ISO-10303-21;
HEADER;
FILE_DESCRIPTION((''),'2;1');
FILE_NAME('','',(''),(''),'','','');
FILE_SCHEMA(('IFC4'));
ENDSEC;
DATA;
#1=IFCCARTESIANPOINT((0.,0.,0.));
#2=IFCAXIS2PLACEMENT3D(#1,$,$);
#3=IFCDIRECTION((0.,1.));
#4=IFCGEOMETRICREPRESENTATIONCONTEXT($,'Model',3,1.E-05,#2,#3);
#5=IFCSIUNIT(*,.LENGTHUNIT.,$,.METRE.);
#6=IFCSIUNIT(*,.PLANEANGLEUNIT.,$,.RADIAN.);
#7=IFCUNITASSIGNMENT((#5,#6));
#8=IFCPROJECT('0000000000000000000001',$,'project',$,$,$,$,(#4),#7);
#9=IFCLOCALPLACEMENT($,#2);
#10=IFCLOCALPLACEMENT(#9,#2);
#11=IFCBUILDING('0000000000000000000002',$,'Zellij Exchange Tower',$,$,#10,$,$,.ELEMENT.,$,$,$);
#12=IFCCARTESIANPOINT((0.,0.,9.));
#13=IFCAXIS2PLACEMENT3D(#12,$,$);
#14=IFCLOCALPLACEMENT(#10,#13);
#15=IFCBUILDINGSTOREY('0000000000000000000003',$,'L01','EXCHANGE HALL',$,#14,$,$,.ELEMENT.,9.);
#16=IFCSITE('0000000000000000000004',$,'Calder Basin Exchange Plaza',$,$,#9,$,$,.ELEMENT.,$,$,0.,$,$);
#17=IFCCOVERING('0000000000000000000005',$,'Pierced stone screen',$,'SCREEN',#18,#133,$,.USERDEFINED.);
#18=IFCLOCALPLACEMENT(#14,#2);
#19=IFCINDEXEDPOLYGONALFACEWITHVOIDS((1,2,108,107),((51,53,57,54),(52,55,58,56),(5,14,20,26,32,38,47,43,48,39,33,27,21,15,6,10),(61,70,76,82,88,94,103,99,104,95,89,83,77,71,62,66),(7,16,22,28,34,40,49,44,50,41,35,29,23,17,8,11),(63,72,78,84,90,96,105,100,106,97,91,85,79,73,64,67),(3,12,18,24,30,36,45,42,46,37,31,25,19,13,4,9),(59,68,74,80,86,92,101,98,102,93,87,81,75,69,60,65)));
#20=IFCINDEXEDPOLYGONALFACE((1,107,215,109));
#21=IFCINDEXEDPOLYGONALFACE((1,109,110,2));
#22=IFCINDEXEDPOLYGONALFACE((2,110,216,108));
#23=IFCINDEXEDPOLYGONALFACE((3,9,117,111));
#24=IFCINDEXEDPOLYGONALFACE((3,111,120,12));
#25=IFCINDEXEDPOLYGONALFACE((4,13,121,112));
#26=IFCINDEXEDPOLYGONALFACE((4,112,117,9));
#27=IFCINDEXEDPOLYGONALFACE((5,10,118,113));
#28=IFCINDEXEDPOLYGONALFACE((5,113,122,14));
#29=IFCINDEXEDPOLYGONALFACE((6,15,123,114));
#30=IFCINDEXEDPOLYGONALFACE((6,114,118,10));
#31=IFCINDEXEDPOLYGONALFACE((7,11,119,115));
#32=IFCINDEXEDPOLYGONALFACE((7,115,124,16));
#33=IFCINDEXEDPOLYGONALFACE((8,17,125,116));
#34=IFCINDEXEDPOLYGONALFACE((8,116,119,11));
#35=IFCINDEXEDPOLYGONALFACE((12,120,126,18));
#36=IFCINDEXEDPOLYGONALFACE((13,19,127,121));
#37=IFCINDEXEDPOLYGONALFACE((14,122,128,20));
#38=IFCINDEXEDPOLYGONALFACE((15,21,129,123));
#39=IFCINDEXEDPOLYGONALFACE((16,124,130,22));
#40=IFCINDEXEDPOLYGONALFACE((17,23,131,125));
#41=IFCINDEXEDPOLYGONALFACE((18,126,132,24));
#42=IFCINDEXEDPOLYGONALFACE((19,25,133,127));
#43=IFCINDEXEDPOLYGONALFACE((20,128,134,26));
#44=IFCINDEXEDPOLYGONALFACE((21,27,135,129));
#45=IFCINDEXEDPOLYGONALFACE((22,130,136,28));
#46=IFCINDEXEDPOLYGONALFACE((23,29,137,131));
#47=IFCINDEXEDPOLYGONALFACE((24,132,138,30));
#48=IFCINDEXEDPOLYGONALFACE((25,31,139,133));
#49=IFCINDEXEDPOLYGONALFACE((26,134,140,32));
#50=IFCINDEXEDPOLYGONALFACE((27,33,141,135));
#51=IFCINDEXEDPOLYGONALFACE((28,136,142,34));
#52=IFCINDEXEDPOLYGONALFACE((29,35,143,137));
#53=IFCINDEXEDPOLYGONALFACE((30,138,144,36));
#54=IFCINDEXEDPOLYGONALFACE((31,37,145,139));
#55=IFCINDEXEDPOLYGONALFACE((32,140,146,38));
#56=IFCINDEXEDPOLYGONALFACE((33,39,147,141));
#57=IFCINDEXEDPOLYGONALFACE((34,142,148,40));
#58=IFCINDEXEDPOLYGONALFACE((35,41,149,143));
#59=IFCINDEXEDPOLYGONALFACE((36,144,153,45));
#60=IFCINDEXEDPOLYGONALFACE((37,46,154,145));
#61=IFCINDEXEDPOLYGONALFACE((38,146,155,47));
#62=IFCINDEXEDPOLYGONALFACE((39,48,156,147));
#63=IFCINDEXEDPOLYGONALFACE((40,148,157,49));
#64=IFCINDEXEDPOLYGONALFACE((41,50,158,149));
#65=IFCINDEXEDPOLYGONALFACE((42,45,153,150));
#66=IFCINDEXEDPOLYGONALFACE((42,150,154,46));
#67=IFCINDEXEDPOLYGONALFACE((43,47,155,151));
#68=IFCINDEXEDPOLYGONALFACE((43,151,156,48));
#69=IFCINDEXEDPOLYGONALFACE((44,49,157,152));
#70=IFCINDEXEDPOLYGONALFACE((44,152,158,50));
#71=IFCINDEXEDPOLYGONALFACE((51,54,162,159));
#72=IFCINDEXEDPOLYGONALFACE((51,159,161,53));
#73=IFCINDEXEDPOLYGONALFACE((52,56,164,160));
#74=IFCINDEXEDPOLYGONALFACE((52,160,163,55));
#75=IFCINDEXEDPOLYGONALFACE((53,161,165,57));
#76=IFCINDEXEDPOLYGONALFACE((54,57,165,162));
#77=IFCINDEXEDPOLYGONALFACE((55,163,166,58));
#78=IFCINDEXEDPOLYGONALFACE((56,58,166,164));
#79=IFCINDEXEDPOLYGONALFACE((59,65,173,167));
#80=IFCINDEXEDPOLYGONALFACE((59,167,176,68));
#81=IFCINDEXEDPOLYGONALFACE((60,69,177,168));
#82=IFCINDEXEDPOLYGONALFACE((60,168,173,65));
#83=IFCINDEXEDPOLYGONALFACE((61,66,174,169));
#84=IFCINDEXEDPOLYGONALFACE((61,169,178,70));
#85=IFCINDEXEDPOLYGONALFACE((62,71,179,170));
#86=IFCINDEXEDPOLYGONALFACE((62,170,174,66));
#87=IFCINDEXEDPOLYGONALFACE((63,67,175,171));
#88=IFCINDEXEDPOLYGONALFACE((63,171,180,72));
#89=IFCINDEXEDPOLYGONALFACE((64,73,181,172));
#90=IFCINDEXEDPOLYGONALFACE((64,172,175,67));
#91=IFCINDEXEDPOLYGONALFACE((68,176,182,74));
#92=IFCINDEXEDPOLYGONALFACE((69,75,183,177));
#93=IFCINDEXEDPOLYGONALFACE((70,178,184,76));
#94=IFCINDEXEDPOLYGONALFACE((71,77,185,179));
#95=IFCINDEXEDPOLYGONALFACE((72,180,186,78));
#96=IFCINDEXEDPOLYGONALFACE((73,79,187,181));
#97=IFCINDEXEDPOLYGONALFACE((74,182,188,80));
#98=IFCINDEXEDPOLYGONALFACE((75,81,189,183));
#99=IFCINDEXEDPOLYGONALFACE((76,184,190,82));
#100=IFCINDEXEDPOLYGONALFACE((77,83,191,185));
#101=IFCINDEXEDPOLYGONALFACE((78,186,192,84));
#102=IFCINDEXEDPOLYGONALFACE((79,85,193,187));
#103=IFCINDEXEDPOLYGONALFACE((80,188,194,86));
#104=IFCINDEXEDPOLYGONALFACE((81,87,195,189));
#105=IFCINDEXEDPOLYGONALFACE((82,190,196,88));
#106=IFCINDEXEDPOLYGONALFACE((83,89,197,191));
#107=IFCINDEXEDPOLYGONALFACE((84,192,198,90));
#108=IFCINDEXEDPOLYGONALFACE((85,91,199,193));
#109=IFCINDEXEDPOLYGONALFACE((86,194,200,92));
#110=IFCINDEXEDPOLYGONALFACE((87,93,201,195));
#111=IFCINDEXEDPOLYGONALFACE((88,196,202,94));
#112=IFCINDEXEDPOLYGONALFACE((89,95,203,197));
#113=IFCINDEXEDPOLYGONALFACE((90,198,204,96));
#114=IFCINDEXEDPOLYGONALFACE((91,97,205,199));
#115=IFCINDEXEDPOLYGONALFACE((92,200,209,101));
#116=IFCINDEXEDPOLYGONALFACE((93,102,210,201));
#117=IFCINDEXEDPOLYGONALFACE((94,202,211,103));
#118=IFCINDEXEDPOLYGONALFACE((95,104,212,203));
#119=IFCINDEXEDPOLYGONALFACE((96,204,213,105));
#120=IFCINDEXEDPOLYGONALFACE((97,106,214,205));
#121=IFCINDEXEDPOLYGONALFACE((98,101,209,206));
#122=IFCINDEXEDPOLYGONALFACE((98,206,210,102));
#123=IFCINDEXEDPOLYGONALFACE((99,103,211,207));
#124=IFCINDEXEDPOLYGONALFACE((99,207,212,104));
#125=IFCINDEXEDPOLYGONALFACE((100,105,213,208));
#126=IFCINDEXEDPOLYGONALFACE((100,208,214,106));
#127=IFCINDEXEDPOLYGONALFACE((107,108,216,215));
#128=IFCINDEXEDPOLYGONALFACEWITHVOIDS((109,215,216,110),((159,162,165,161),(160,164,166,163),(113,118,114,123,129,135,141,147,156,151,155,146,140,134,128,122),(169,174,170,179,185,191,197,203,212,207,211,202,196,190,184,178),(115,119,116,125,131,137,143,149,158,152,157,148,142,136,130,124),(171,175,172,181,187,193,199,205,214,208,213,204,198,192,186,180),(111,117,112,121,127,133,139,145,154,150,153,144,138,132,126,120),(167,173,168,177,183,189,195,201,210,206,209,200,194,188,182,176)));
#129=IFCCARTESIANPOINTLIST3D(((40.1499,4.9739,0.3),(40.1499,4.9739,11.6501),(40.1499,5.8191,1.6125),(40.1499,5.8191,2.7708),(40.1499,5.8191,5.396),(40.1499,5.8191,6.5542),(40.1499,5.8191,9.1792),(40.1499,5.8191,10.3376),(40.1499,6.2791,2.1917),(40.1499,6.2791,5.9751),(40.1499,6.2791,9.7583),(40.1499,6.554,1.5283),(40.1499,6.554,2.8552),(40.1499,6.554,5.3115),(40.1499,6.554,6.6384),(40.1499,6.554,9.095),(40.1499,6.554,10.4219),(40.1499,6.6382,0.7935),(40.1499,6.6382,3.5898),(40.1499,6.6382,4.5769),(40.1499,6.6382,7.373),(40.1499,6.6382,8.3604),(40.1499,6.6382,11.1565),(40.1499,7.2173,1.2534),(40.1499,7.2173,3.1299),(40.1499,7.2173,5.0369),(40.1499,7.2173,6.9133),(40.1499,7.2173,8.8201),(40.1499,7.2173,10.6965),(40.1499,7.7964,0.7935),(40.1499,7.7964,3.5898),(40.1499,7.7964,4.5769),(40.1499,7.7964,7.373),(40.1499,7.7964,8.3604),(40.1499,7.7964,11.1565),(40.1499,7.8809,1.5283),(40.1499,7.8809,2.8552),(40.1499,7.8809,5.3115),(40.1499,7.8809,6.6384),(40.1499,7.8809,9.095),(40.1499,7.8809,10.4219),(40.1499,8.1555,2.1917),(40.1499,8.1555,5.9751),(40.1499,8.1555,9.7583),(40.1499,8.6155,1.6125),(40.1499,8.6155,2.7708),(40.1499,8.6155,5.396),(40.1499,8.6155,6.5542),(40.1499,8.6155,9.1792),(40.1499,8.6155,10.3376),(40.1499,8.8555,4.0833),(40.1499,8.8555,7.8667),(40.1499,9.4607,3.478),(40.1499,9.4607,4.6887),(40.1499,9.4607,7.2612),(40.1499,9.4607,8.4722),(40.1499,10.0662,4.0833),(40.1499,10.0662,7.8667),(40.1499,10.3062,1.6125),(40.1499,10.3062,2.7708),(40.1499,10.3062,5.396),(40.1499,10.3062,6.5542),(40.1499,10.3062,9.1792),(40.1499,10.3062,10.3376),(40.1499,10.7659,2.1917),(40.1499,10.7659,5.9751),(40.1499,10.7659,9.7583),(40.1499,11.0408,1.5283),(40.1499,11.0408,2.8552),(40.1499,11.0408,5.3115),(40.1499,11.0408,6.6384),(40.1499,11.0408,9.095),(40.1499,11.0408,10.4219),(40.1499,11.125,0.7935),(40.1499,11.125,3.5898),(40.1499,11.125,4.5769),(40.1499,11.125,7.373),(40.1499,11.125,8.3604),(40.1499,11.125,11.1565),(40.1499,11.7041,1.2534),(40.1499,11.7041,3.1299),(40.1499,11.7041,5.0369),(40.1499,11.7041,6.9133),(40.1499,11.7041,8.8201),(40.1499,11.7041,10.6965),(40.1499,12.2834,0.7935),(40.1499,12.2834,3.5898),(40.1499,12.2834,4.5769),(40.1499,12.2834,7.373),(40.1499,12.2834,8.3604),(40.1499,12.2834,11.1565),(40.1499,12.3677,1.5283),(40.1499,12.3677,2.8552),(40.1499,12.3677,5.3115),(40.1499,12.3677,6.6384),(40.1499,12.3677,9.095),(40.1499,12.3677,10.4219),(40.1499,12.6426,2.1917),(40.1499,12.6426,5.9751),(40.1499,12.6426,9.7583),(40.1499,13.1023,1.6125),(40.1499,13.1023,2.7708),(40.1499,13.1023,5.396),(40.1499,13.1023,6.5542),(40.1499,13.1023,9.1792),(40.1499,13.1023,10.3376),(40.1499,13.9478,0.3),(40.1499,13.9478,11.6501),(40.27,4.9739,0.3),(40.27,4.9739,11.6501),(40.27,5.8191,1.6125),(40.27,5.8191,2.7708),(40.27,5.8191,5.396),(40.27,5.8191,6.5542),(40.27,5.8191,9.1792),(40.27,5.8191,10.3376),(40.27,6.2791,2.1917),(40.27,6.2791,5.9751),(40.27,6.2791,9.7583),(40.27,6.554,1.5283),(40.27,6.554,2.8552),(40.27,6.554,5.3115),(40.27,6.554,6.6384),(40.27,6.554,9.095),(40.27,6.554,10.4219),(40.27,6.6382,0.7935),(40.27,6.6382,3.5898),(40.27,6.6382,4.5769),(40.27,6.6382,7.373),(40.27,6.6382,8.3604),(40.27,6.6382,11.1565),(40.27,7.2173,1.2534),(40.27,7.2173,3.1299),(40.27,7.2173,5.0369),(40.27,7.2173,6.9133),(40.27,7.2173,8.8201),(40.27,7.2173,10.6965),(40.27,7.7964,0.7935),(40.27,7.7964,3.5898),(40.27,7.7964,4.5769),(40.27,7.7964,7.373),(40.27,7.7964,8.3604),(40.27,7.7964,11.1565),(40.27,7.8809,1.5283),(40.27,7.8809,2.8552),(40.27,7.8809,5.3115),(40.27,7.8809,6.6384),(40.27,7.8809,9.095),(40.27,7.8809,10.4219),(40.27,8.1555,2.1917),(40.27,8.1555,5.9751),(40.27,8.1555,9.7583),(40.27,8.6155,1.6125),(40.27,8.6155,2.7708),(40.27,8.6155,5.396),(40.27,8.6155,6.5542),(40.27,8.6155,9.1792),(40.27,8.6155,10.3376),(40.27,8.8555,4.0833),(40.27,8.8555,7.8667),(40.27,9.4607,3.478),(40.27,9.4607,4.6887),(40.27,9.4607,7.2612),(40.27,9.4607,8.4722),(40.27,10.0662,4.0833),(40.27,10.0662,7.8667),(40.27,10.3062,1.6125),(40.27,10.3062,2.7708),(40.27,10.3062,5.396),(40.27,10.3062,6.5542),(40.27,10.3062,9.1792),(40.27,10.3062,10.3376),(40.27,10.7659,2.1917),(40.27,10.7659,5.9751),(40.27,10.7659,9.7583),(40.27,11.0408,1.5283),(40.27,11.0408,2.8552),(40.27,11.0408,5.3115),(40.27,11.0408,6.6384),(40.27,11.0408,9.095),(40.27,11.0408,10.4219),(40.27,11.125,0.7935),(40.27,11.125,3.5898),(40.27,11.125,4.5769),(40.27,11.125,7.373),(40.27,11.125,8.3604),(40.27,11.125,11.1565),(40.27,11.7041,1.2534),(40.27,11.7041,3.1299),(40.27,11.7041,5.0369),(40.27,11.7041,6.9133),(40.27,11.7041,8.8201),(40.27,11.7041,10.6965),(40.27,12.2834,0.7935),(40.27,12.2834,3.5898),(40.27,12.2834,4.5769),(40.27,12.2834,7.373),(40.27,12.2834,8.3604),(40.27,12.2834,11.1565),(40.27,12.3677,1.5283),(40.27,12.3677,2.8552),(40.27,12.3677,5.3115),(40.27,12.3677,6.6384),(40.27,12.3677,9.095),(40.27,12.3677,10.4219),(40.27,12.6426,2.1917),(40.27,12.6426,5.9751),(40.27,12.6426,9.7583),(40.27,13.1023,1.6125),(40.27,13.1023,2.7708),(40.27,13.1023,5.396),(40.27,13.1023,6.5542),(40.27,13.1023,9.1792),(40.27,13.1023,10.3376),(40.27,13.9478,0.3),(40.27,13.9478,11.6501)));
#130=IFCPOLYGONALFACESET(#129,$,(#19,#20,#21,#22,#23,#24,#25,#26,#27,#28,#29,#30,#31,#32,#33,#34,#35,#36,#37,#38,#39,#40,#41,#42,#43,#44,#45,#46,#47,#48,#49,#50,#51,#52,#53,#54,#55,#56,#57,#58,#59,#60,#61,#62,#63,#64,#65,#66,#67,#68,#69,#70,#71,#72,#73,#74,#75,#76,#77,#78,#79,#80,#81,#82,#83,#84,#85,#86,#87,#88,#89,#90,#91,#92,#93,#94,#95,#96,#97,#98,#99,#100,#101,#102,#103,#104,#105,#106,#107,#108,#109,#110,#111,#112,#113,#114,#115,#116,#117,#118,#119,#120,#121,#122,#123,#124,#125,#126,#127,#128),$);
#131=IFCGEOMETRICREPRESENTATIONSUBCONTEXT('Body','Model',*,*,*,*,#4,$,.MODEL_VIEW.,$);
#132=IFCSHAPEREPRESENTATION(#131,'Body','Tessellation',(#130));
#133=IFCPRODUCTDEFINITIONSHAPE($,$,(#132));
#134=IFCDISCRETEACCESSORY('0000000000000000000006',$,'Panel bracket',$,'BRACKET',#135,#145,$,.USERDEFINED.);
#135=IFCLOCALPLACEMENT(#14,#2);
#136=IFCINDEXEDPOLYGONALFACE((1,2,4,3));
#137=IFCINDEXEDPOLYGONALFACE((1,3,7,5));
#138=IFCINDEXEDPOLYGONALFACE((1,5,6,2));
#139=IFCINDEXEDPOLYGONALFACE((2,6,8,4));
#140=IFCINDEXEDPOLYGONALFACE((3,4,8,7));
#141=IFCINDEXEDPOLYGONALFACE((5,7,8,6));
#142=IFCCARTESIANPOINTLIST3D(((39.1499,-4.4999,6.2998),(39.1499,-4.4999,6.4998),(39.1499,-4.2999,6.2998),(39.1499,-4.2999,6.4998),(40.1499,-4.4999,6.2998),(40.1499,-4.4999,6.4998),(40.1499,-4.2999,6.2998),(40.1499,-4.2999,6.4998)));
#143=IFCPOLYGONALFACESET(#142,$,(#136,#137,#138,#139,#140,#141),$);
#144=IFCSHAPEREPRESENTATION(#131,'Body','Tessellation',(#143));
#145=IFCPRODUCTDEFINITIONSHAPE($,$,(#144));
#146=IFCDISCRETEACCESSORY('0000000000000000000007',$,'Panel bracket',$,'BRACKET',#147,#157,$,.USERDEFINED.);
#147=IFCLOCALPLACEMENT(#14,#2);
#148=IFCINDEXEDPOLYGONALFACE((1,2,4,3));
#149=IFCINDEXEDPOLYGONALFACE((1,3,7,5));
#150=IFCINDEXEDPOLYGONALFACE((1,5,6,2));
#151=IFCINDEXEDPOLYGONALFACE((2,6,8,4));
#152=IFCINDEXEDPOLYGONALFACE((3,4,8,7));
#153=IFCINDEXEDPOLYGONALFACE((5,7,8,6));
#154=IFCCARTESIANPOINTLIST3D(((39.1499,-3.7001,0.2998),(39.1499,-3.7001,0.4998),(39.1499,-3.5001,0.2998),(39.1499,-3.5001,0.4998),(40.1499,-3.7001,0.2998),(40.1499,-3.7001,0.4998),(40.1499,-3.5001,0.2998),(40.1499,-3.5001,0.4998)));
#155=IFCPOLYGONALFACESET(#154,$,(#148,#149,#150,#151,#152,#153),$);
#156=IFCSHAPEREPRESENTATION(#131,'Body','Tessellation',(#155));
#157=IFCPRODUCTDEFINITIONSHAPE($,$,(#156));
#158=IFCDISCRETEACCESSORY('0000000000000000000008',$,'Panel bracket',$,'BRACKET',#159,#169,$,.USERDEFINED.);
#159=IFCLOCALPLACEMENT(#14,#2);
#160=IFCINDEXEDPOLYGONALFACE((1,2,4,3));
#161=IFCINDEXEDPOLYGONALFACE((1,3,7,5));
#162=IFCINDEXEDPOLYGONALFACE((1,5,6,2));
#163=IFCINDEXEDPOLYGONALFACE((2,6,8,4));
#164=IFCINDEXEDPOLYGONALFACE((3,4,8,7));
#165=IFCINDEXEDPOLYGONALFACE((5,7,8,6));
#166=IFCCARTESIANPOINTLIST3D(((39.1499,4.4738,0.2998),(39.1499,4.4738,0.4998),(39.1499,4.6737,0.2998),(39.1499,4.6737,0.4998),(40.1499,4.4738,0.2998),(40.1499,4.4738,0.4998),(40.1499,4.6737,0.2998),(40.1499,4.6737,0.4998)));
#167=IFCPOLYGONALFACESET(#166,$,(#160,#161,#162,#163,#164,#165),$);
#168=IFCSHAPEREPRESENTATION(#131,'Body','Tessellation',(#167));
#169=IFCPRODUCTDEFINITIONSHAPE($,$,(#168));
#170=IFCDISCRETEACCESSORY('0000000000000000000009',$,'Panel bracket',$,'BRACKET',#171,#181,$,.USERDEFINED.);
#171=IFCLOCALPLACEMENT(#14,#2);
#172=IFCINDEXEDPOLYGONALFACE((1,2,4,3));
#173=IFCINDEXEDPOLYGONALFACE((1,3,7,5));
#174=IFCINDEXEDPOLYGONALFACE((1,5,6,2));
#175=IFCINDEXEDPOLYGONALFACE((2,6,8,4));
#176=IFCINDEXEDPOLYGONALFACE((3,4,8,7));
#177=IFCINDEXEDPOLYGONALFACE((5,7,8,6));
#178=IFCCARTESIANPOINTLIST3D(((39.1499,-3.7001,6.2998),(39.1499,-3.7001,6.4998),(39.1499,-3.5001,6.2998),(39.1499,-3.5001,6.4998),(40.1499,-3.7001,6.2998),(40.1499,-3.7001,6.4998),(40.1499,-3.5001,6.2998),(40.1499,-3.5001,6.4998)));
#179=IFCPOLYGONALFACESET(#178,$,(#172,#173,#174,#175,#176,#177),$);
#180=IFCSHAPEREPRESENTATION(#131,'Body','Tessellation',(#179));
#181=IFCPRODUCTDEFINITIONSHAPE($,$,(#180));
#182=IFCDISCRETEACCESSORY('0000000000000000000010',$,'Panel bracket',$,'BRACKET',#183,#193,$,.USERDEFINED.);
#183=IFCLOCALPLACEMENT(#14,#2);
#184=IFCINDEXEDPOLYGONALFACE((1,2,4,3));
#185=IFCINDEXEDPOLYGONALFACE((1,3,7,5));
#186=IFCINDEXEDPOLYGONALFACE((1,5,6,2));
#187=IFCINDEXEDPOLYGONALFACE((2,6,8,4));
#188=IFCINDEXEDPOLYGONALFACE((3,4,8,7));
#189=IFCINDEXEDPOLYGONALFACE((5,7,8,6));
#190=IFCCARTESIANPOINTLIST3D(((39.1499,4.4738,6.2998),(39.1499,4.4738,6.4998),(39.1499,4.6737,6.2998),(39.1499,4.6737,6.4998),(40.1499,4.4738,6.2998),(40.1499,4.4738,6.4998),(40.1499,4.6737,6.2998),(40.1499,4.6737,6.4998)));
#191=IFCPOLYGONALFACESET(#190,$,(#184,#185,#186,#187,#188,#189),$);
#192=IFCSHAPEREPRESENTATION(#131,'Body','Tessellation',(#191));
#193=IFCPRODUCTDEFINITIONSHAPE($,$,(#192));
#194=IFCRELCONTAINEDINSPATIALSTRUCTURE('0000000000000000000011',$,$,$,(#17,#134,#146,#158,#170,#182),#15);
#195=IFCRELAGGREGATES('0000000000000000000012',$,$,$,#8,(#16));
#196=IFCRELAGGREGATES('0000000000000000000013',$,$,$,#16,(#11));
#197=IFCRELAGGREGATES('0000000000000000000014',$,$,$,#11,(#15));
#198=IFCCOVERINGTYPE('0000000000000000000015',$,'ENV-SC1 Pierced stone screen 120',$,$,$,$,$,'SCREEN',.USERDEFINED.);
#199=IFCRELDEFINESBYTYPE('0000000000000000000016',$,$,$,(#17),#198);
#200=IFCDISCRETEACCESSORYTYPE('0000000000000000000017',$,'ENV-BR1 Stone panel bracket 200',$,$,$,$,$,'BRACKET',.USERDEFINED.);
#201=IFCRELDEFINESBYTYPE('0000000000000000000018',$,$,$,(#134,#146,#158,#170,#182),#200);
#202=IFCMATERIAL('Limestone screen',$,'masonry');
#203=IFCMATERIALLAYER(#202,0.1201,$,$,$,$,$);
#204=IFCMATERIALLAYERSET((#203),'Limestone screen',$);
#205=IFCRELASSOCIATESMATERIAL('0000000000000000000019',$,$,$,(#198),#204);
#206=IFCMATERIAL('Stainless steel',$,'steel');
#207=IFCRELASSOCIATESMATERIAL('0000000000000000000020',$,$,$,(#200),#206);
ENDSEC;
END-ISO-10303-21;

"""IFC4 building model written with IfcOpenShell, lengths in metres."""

from ifc_helpers import new_model, si_unit, direction, frame, origin, origin_2d, place, context, subcontext, project, spatial, polyline, rectangle, outline, extrude, material, layer, layer_set, type_object, element, save


model = new_model("IFC4")

# Units and contexts
model_context = context("Model", 3, precision=1e-05, world=origin(), true_north=direction((0.0, 1.0)))
body_context = subcontext(model_context, "Body", "Model", "MODEL_VIEW")
ifc_project = project(units=[si_unit("LENGTHUNIT", "METRE"), si_unit("PLANEANGLEUNIT", "RADIAN")], contexts=[model_context])

# Site, building, storey
site_placement = place(None, origin())
site = spatial("IfcSite", under=ifc_project, at=site_placement, Name="Calder Basin Exchange Plaza", CompositionType="ELEMENT", RefElevation=0.0)
building_placement = place(site_placement, origin())
building = spatial("IfcBuilding", under=site, at=building_placement, Name="Zellij Exchange Tower", CompositionType="ELEMENT")
storey_placement = place(building_placement, frame((0.0, 0.0, 9.0)))
storey = spatial("IfcBuildingStorey", under=building, at=storey_placement, Name="L01", Description="EXCHANGE HALL", CompositionType="ELEMENT", Elevation=9.0)

# Covering
ifc_material_1 = material(Name="Limestone screen", Category="masonry")
ifc_layer_1 = layer(ifc_material_1, 0.1201)
ifc_layer_set_1 = layer_set([ifc_layer_1], Name="Limestone screen")
covering_type = type_object("IfcCoveringType", Name="ENV-SC1 Pierced stone screen 120", ElementType="SCREEN", PredefinedType="USERDEFINED", material=ifc_layer_set_1)
covering_1_placement = place(storey_placement, frame((40.21, 4.9739, 0.3), z_axis=(0.0, 0.0, 1.0), x_axis=(0.0, 1.0, 0.0)))
element("IfcCovering", 1, at=covering_1_placement, inside=storey, type_object=covering_type, Name="Pierced stone screen", ObjectType="SCREEN", PredefinedType="USERDEFINED", context=body_context, shape_type="SweptSolid", body=[
    extrude(outline(polyline([(0.0, 0.0), (8.9739, 0.0), (8.9739, 11.3501), (0.0, 11.3501), (0.0, 0.0)]), holes=[polyline([(3.6416, 2.4707), (2.907, 2.5552), (2.8225, 3.2898), (2.2434, 2.8298), (1.6643, 3.2898), (1.5801, 2.5552), (0.8452, 2.4707), (1.3052, 1.8916), (0.8452, 1.3125), (1.5801, 1.2283), (1.6643, 0.4934), (2.2434, 0.9534), (2.8225, 0.4934), (2.907, 1.2283), (3.6416, 1.3125), (3.1816, 1.8916), (3.6416, 2.4707)]), polyline([(3.6416, 6.2542), (2.907, 6.3384), (2.8225, 7.073), (2.2434, 6.6133), (1.6643, 7.073), (1.5801, 6.3384), (0.8452, 6.2542), (1.3052, 5.675), (0.8452, 5.0959), (1.5801, 5.0115), (1.6643, 4.2769), (2.2434, 4.7368), (2.8225, 4.2769), (2.907, 5.0115), (3.6416, 5.0959), (3.1816, 5.675), (3.6416, 6.2542)]), polyline([(3.6416, 10.0376), (2.907, 10.1218), (2.8225, 10.8564), (2.2434, 10.3965), (1.6643, 10.8564), (1.5801, 10.1218), (0.8452, 10.0376), (1.3052, 9.4583), (0.8452, 8.8792), (1.5801, 8.7949), (1.6643, 8.0603), (2.2434, 8.52), (2.8225, 8.0603), (2.907, 8.7949), (3.6416, 8.8792), (3.1816, 9.4583), (3.6416, 10.0376)]), polyline([(8.1284, 2.4707), (7.3938, 2.5552), (7.3096, 3.2898), (6.7302, 2.8298), (6.1511, 3.2898), (6.0669, 2.5552), (5.3323, 2.4707), (5.792, 1.8916), (5.3323, 1.3125), (6.0669, 1.2283), (6.1511, 0.4934), (6.7302, 0.9534), (7.3096, 0.4934), (7.3938, 1.2283), (8.1284, 1.3125), (7.6687, 1.8916), (8.1284, 2.4707)]), polyline([(8.1284, 6.2542), (7.3938, 6.3384), (7.3096, 7.073), (6.7302, 6.6133), (6.1511, 7.073), (6.0669, 6.3384), (5.3323, 6.2542), (5.792, 5.675), (5.3323, 5.0959), (6.0669, 5.0115), (6.1511, 4.2769), (6.7302, 4.7368), (7.3096, 4.2769), (7.3938, 5.0115), (8.1284, 5.0959), (7.6687, 5.675), (8.1284, 6.2542)]), polyline([(8.1284, 10.0376), (7.3938, 10.1218), (7.3096, 10.8564), (6.7302, 10.3965), (6.1511, 10.8564), (6.0669, 10.1218), (5.3323, 10.0376), (5.792, 9.4583), (5.3323, 8.8792), (6.0669, 8.7949), (6.1511, 8.0603), (6.7302, 8.52), (7.3096, 8.0603), (7.3938, 8.7949), (8.1284, 8.8792), (7.6687, 9.4583), (8.1284, 10.0376)]), polyline([(5.0923, 3.7832), (4.4868, 4.3887), (3.8816, 3.7832), (4.4868, 3.178), (5.0923, 3.7832)]), polyline([(5.0923, 7.5667), (4.4868, 8.1721), (3.8816, 7.5667), (4.4868, 6.9612), (5.0923, 7.5667)])]), frame((0.0, 0.0601, 0.0), z_axis=(0.0, -1.0, 0.0), x_axis=(1.0, 0.0, 0.0)), (0.0, 0.0, 1.0), 0.1201),
])

# Discrete accessories
ifc_material_2 = material(Name="Stainless steel", Category="steel")
discrete_accessory_type = type_object("IfcDiscreteAccessoryType", Name="ENV-BR1 Stone panel bracket 200", ElementType="BRACKET", PredefinedType="USERDEFINED", material=ifc_material_2)
for number, where, z_axis, x_axis, name in (
    (2, (39.6499, -4.3999, 6.2998), (0.0, 0.0, 1.0), (0.0, 1.0, 0.0), "Panel bracket"),
    (3, (39.6499, -3.6001, 0.2998), (0.0, 0.0, 1.0), (0.0, 1.0, 0.0), "Panel bracket"),
    (4, (39.6499, 4.5737, 0.2998), (0.0, 0.0, 1.0), (0.0, 1.0, 0.0), "Panel bracket"),
    (5, (39.6499, -3.6001, 6.2998), (0.0, 0.0, 1.0), (0.0, 1.0, 0.0), "Panel bracket"),
    (6, (39.6499, 4.5737, 6.2998), (0.0, 0.0, 1.0), (0.0, 1.0, 0.0), "Panel bracket"),
):
    element("IfcDiscreteAccessory", number, at=place(storey_placement, frame(where, z_axis=z_axis, x_axis=x_axis)), inside=storey, type_object=discrete_accessory_type, Name=name, ObjectType="BRACKET", PredefinedType="USERDEFINED", context=body_context, shape_type="SweptSolid", body=[
        extrude(rectangle(XDim=0.2, YDim=1.0, at=origin_2d()), origin(), (0.0, 0.0, 1.0), 0.2),
    ])

save(model, "model.ifc")
